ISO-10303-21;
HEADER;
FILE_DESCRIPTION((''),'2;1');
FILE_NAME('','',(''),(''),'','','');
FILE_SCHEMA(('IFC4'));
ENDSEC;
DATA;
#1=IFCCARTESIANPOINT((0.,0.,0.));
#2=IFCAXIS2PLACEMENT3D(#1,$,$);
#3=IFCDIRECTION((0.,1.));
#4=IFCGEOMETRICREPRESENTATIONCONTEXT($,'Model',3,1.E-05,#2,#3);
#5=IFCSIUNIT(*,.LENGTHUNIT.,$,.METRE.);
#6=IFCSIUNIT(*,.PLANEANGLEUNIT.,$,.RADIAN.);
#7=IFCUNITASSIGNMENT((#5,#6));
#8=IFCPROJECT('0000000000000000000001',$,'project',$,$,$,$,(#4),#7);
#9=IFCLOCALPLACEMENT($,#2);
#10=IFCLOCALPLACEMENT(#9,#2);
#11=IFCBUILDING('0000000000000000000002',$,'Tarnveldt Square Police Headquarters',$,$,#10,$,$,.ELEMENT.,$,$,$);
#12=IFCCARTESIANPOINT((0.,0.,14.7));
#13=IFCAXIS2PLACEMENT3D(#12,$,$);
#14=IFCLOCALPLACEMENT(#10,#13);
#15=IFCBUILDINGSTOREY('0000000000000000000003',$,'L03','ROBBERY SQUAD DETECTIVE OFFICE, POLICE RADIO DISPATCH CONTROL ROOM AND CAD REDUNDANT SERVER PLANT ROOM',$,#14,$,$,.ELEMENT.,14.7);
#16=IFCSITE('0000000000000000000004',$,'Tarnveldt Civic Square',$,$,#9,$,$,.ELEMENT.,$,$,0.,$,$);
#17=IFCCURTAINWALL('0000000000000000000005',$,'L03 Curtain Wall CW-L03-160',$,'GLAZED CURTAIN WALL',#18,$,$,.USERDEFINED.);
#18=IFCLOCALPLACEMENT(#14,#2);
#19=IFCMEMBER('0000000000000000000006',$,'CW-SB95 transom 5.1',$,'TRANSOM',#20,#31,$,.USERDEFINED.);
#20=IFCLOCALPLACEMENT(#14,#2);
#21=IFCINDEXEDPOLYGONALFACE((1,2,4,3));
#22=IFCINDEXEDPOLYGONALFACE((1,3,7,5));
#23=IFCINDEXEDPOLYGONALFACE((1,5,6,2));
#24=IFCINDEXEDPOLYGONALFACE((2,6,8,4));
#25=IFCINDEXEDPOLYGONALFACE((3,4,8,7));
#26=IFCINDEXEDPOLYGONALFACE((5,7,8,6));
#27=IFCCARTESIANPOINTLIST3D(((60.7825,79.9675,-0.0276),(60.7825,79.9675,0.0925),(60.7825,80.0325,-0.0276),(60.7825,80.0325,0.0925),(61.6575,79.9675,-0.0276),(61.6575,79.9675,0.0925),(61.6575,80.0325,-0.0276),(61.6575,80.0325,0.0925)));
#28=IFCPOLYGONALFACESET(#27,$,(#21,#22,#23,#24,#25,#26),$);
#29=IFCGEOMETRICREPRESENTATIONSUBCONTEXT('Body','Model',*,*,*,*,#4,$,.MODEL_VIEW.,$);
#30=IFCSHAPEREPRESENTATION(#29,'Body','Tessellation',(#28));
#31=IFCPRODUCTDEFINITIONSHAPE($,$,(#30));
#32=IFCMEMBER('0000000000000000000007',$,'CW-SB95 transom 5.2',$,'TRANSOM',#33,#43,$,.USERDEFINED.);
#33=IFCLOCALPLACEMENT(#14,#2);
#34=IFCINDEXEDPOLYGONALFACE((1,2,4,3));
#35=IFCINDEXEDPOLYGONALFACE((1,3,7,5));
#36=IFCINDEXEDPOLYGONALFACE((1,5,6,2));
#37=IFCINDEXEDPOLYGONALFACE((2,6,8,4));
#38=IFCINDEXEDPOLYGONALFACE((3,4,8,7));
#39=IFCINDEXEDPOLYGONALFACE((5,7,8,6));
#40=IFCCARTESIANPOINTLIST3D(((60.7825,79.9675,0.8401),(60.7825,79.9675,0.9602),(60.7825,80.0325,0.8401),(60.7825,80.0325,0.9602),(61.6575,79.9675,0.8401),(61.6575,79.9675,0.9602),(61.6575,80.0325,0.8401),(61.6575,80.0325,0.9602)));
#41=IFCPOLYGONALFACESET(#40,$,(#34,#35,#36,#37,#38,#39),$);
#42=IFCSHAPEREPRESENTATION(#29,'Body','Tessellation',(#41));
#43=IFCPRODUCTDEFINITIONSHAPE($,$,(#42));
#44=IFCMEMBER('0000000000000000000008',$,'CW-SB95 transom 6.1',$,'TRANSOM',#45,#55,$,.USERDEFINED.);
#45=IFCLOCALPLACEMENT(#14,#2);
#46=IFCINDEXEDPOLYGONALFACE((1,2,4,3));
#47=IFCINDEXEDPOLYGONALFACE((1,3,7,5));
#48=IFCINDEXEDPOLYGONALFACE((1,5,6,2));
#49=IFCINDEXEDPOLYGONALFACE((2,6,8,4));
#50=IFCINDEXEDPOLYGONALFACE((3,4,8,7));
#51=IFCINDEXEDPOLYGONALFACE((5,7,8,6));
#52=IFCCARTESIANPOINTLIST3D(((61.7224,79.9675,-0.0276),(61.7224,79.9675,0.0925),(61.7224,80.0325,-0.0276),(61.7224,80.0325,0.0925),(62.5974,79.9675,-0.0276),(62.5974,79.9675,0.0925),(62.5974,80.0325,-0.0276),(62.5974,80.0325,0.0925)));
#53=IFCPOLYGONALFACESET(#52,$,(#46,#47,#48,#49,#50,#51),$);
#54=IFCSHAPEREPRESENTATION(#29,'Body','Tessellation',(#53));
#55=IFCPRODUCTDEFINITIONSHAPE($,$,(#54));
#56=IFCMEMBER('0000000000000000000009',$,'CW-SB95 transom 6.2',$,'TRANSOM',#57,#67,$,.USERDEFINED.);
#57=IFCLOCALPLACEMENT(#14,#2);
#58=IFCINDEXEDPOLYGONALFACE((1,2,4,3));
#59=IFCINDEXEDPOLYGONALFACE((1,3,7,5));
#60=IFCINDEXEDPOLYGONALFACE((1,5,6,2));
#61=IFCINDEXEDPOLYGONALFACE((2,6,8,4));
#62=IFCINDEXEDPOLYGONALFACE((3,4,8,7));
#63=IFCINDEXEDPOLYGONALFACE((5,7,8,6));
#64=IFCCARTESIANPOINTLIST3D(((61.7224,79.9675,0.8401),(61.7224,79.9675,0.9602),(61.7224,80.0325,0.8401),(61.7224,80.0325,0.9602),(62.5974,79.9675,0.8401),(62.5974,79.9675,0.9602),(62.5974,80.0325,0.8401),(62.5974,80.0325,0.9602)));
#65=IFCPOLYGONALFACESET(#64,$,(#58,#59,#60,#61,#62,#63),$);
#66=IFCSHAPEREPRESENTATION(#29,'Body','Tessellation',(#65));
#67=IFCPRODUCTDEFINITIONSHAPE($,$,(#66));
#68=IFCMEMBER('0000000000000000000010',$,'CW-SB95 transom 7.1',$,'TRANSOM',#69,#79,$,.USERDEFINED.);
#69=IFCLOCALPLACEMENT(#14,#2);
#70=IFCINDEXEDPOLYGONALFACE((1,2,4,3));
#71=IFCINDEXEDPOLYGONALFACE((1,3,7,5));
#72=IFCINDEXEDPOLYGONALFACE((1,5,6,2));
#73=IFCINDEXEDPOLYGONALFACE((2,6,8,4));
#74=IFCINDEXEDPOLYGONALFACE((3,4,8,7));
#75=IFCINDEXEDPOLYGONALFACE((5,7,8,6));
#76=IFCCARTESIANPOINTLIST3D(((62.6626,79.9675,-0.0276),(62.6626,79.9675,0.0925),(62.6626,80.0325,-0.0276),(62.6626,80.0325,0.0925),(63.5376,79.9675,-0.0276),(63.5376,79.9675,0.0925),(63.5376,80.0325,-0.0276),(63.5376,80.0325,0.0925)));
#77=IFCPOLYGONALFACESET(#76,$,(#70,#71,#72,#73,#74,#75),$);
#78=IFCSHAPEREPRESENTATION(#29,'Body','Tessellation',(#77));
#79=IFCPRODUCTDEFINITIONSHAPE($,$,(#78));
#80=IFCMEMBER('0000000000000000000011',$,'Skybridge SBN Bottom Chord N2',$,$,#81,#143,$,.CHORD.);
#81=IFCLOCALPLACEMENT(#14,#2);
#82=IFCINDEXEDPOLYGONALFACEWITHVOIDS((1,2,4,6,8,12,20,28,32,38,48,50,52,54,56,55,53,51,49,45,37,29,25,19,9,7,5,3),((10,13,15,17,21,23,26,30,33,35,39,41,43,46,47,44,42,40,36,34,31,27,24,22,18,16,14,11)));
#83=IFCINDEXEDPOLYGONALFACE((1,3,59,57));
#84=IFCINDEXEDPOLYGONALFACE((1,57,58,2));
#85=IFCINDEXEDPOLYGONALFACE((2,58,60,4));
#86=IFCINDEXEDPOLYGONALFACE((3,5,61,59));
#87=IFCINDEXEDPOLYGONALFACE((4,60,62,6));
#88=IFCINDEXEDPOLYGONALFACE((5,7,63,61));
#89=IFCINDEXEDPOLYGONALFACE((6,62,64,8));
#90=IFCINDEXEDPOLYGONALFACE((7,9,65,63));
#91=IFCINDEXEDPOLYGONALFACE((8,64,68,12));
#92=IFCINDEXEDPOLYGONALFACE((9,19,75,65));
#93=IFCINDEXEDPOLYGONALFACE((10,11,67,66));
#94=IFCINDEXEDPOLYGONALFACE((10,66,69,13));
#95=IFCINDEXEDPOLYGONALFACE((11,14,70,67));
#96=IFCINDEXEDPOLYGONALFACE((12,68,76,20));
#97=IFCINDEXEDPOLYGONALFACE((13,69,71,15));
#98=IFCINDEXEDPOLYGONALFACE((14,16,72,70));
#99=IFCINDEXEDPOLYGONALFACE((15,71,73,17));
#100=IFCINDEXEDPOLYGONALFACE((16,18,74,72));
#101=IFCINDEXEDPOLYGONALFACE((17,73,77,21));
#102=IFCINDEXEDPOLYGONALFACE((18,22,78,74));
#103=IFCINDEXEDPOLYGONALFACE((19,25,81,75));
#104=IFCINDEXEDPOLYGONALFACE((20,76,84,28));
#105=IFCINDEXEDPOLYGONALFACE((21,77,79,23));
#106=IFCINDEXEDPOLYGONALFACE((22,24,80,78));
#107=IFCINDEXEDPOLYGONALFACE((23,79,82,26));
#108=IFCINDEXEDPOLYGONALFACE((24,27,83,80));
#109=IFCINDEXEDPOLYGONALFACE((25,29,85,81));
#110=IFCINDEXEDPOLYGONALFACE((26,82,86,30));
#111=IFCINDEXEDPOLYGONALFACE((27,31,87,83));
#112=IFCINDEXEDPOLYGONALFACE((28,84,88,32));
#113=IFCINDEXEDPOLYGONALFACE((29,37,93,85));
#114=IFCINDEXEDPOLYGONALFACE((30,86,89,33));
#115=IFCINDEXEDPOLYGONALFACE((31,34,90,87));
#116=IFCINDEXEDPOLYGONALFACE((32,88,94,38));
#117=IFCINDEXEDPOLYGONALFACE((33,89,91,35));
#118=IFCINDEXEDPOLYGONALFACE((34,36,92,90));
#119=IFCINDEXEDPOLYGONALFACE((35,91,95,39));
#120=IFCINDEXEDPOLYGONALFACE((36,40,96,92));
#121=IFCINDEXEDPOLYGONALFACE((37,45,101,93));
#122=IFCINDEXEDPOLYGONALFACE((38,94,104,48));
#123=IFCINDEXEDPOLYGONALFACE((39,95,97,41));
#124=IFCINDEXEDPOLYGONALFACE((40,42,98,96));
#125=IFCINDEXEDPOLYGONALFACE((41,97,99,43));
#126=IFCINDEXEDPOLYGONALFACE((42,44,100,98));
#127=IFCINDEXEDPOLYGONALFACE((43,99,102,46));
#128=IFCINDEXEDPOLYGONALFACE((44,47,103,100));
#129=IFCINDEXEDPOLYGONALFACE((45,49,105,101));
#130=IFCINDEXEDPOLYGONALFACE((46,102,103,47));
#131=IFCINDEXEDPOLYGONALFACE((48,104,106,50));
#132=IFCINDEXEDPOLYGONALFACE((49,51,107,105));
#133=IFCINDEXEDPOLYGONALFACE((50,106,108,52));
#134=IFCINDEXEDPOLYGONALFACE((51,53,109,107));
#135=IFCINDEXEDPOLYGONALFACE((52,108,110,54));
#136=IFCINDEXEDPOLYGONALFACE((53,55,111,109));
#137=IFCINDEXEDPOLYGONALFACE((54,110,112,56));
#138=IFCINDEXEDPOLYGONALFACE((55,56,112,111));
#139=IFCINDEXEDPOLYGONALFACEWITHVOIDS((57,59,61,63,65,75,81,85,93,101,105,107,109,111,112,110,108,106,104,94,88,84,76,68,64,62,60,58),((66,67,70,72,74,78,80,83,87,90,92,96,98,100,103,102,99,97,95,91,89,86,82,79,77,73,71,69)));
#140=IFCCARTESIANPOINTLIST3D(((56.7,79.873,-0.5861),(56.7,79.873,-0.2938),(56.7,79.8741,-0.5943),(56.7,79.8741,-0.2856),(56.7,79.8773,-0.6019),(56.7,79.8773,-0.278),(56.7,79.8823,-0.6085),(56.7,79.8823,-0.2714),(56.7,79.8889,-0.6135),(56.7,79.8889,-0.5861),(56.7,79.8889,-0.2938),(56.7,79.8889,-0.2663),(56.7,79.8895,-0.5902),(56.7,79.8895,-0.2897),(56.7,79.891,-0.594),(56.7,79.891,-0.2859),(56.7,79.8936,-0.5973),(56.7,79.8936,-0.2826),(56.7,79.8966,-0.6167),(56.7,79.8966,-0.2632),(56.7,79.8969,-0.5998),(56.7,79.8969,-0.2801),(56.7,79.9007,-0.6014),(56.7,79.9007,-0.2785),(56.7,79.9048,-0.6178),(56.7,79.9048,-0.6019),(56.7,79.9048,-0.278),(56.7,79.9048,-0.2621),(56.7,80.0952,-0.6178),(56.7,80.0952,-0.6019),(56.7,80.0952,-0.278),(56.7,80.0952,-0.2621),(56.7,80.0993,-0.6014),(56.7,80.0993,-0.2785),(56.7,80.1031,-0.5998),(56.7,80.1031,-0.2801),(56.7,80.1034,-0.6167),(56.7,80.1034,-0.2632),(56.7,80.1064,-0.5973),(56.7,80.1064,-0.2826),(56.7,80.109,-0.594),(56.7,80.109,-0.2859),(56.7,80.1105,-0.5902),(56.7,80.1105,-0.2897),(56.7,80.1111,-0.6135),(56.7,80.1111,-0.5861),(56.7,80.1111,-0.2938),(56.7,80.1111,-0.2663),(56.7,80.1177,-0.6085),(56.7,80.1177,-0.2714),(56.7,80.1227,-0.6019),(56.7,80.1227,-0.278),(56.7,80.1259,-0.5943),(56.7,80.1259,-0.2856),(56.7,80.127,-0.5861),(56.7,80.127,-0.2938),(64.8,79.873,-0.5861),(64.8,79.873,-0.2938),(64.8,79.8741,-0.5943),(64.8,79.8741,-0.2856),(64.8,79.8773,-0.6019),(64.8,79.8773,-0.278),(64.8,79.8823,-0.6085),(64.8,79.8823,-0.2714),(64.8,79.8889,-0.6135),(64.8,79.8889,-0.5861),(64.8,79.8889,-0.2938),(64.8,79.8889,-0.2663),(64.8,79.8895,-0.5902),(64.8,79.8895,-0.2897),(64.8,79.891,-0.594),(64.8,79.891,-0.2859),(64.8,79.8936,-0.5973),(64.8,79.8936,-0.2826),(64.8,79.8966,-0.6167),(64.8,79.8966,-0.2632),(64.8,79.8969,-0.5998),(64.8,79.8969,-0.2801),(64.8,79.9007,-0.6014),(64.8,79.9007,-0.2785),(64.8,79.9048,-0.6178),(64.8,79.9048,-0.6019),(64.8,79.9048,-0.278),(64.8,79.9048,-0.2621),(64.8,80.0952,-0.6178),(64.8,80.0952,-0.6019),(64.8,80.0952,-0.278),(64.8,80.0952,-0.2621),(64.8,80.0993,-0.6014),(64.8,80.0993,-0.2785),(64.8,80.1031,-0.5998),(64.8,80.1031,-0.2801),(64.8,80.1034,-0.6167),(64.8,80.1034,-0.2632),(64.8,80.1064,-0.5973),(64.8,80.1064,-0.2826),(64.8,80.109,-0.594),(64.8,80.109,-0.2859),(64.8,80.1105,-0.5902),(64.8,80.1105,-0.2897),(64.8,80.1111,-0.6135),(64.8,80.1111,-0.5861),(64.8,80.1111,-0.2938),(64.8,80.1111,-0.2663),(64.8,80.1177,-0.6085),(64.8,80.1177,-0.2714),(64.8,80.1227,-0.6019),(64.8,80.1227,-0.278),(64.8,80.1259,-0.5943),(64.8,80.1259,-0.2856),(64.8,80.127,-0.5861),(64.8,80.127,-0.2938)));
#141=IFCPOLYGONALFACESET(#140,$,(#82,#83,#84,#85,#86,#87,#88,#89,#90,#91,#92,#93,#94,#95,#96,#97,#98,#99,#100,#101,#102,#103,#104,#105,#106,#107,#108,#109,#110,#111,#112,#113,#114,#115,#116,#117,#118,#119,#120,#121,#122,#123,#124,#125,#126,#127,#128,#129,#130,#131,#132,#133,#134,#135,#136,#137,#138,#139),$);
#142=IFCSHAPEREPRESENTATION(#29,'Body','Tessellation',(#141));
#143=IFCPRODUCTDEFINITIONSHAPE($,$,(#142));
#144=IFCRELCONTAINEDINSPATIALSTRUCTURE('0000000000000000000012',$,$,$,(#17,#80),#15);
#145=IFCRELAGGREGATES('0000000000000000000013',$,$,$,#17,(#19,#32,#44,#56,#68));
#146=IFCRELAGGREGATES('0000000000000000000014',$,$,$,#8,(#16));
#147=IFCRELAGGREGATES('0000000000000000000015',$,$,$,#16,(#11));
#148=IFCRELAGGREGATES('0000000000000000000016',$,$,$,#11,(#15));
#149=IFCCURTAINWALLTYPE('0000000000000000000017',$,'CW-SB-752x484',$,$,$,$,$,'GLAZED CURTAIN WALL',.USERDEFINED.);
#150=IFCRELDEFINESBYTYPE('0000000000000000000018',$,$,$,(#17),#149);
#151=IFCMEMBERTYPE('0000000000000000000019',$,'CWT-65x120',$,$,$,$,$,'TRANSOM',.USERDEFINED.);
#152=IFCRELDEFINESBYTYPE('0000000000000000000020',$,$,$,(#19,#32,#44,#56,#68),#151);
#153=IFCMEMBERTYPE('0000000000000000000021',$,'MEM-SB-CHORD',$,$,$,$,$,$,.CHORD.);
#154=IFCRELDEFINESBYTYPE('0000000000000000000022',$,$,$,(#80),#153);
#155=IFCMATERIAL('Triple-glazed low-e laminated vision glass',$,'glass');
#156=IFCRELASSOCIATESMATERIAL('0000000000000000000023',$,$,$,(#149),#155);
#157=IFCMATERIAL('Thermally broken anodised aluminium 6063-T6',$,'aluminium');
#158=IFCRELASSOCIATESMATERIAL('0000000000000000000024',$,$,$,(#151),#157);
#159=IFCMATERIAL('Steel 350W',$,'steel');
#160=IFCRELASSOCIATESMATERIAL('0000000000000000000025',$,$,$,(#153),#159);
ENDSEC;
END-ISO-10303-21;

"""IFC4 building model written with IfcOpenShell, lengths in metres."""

from ifc_helpers import new_model, si_unit, direction, frame, origin, origin_2d, place, context, subcontext, project, spatial, rectangle, hollow_rectangle, extrude, material, material_profile, profile_set, type_object, element, aggregate, save


model = new_model("IFC4")

# Units and contexts
model_context = context("Model", 3, precision=1e-05, world=origin(), true_north=direction((0.0, 1.0)))
body_context = subcontext(model_context, "Body", "Model", "MODEL_VIEW")
ifc_project = project(units=[si_unit("LENGTHUNIT", "METRE"), si_unit("PLANEANGLEUNIT", "RADIAN")], contexts=[model_context])

# Site, building, storey
site_placement = place(None, origin())
site = spatial("IfcSite", under=ifc_project, at=site_placement, Name="Tarnveldt Civic Square", CompositionType="ELEMENT", RefElevation=0.0)
building_placement = place(site_placement, origin())
building = spatial("IfcBuilding", under=site, at=building_placement, Name="Tarnveldt Square Police Headquarters", CompositionType="ELEMENT")
storey_placement = place(building_placement, frame((0.0, 0.0, 14.7)))
storey = spatial("IfcBuildingStorey", under=building, at=storey_placement, Name="L03", Description="ROBBERY SQUAD DETECTIVE OFFICE, POLICE RADIO DISPATCH CONTROL ROOM AND CAD REDUNDANT SERVER PLANT ROOM", CompositionType="ELEMENT", Elevation=14.7)

# Curtain wall, members
ifc_material_1 = material(Name="Triple-glazed low-e laminated vision glass", Category="glass")
curtain_wall_type = type_object("IfcCurtainWallType", Name="CW-SB-752x484", ElementType="GLAZED CURTAIN WALL", PredefinedType="USERDEFINED", material=ifc_material_1)
curtain_wall_placement = place(storey_placement, origin())
curtain_wall = element("IfcCurtainWall", 1, at=curtain_wall_placement, inside=storey, type_object=curtain_wall_type, Name="L03 Curtain Wall CW-L03-160", ObjectType="GLAZED CURTAIN WALL", PredefinedType="USERDEFINED")
ifc_material_2 = material(Name="Thermally broken anodised aluminium 6063-T6", Category="aluminium")
ifc_material_profile_1 = material_profile(ifc_material_2, rectangle(XDim=0.0649, YDim=0.1201, at=origin_2d()), Name="CW-T65x120")
ifc_profile_set_1 = profile_set([ifc_material_profile_1], Name="Thermally broken anodised aluminium 6063-T6")
member_type_1 = type_object("IfcMemberType", Name="CWT-65x120", ElementType="TRANSOM", PredefinedType="USERDEFINED", material=ifc_profile_set_1)
member_1_placement = place(storey_placement, frame((60.7825, 80.0, 0.0325), z_axis=(1.0, 0.0, 0.0), x_axis=(0.0, 1.0, 0.0)))
member_1 = element("IfcMember", 2, at=member_1_placement, type_object=member_type_1, Name="CW-SB95 transom 5.1", ObjectType="TRANSOM", PredefinedType="USERDEFINED", context=body_context, shape_type="SweptSolid", body=[
    extrude(rectangle(XDim=0.0649, YDim=0.1201, at=origin_2d()), origin(), (0.0, 0.0, 1.0), 0.875),
])
member_2_placement = place(storey_placement, frame((60.7825, 80.0, 0.9001), z_axis=(1.0, 0.0, 0.0), x_axis=(0.0, 1.0, 0.0)))
member_2 = element("IfcMember", 3, at=member_2_placement, type_object=member_type_1, Name="CW-SB95 transom 5.2", ObjectType="TRANSOM", PredefinedType="USERDEFINED", context=body_context, shape_type="SweptSolid", body=[
    extrude(rectangle(XDim=0.0649, YDim=0.1201, at=origin_2d()), origin(), (0.0, 0.0, 1.0), 0.875),
])
member_3_placement = place(storey_placement, frame((61.7224, 80.0, 0.0325), z_axis=(1.0, 0.0, 0.0), x_axis=(0.0, 1.0, 0.0)))
member_3 = element("IfcMember", 4, at=member_3_placement, type_object=member_type_1, Name="CW-SB95 transom 6.1", ObjectType="TRANSOM", PredefinedType="USERDEFINED", context=body_context, shape_type="SweptSolid", body=[
    extrude(rectangle(XDim=0.0649, YDim=0.1201, at=origin_2d()), origin(), (0.0, 0.0, 1.0), 0.875),
])
member_4_placement = place(storey_placement, frame((61.7224, 80.0, 0.9001), z_axis=(1.0, 0.0, 0.0), x_axis=(0.0, 1.0, 0.0)))
member_4 = element("IfcMember", 5, at=member_4_placement, type_object=member_type_1, Name="CW-SB95 transom 6.2", ObjectType="TRANSOM", PredefinedType="USERDEFINED", context=body_context, shape_type="SweptSolid", body=[
    extrude(rectangle(XDim=0.0649, YDim=0.1201, at=origin_2d()), origin(), (0.0, 0.0, 1.0), 0.875),
])
member_5_placement = place(storey_placement, frame((62.6626, 80.0, 0.0325), z_axis=(1.0, 0.0, 0.0), x_axis=(0.0, 1.0, 0.0)))
member_5 = element("IfcMember", 6, at=member_5_placement, type_object=member_type_1, Name="CW-SB95 transom 7.1", ObjectType="TRANSOM", PredefinedType="USERDEFINED", context=body_context, shape_type="SweptSolid", body=[
    extrude(rectangle(XDim=0.0649, YDim=0.1201, at=origin_2d()), origin(), (0.0, 0.0, 1.0), 0.875),
])

# Member
ifc_material_3 = material(Name="Steel 350W", Category="steel")
ifc_material_profile_2 = material_profile(ifc_material_3, hollow_rectangle(XDim=0.2539, YDim=0.3557, WallThickness=0.0159, InnerFilletRadius=0.0159, OuterFilletRadius=0.0317, at=origin_2d()), Name="HSS356x254x16")
ifc_profile_set_2 = profile_set([ifc_material_profile_2], Name="Steel 350W")
member_type_2 = type_object("IfcMemberType", Name="MEM-SB-CHORD", PredefinedType="CHORD", material=ifc_profile_set_2)
member_6_placement = place(storey_placement, frame((56.7, 80.0, -0.4399), z_axis=(1.0, 0.0, 0.0), x_axis=(0.0, 1.0, 0.0)))
element("IfcMember", 7, at=member_6_placement, inside=storey, type_object=member_type_2, Name="Skybridge SBN Bottom Chord N2", PredefinedType="CHORD", context=body_context, shape_type="SweptSolid", body=[
    extrude(hollow_rectangle(XDim=0.2539, YDim=0.3557, WallThickness=0.0159, InnerFilletRadius=0.0159, OuterFilletRadius=0.0317, at=origin_2d()), origin(), (0.0, 0.0, 1.0), 8.1001),
])

aggregate(curtain_wall, [member_1, member_2, member_3, member_4, member_5])

save(model, "model.ifc")
